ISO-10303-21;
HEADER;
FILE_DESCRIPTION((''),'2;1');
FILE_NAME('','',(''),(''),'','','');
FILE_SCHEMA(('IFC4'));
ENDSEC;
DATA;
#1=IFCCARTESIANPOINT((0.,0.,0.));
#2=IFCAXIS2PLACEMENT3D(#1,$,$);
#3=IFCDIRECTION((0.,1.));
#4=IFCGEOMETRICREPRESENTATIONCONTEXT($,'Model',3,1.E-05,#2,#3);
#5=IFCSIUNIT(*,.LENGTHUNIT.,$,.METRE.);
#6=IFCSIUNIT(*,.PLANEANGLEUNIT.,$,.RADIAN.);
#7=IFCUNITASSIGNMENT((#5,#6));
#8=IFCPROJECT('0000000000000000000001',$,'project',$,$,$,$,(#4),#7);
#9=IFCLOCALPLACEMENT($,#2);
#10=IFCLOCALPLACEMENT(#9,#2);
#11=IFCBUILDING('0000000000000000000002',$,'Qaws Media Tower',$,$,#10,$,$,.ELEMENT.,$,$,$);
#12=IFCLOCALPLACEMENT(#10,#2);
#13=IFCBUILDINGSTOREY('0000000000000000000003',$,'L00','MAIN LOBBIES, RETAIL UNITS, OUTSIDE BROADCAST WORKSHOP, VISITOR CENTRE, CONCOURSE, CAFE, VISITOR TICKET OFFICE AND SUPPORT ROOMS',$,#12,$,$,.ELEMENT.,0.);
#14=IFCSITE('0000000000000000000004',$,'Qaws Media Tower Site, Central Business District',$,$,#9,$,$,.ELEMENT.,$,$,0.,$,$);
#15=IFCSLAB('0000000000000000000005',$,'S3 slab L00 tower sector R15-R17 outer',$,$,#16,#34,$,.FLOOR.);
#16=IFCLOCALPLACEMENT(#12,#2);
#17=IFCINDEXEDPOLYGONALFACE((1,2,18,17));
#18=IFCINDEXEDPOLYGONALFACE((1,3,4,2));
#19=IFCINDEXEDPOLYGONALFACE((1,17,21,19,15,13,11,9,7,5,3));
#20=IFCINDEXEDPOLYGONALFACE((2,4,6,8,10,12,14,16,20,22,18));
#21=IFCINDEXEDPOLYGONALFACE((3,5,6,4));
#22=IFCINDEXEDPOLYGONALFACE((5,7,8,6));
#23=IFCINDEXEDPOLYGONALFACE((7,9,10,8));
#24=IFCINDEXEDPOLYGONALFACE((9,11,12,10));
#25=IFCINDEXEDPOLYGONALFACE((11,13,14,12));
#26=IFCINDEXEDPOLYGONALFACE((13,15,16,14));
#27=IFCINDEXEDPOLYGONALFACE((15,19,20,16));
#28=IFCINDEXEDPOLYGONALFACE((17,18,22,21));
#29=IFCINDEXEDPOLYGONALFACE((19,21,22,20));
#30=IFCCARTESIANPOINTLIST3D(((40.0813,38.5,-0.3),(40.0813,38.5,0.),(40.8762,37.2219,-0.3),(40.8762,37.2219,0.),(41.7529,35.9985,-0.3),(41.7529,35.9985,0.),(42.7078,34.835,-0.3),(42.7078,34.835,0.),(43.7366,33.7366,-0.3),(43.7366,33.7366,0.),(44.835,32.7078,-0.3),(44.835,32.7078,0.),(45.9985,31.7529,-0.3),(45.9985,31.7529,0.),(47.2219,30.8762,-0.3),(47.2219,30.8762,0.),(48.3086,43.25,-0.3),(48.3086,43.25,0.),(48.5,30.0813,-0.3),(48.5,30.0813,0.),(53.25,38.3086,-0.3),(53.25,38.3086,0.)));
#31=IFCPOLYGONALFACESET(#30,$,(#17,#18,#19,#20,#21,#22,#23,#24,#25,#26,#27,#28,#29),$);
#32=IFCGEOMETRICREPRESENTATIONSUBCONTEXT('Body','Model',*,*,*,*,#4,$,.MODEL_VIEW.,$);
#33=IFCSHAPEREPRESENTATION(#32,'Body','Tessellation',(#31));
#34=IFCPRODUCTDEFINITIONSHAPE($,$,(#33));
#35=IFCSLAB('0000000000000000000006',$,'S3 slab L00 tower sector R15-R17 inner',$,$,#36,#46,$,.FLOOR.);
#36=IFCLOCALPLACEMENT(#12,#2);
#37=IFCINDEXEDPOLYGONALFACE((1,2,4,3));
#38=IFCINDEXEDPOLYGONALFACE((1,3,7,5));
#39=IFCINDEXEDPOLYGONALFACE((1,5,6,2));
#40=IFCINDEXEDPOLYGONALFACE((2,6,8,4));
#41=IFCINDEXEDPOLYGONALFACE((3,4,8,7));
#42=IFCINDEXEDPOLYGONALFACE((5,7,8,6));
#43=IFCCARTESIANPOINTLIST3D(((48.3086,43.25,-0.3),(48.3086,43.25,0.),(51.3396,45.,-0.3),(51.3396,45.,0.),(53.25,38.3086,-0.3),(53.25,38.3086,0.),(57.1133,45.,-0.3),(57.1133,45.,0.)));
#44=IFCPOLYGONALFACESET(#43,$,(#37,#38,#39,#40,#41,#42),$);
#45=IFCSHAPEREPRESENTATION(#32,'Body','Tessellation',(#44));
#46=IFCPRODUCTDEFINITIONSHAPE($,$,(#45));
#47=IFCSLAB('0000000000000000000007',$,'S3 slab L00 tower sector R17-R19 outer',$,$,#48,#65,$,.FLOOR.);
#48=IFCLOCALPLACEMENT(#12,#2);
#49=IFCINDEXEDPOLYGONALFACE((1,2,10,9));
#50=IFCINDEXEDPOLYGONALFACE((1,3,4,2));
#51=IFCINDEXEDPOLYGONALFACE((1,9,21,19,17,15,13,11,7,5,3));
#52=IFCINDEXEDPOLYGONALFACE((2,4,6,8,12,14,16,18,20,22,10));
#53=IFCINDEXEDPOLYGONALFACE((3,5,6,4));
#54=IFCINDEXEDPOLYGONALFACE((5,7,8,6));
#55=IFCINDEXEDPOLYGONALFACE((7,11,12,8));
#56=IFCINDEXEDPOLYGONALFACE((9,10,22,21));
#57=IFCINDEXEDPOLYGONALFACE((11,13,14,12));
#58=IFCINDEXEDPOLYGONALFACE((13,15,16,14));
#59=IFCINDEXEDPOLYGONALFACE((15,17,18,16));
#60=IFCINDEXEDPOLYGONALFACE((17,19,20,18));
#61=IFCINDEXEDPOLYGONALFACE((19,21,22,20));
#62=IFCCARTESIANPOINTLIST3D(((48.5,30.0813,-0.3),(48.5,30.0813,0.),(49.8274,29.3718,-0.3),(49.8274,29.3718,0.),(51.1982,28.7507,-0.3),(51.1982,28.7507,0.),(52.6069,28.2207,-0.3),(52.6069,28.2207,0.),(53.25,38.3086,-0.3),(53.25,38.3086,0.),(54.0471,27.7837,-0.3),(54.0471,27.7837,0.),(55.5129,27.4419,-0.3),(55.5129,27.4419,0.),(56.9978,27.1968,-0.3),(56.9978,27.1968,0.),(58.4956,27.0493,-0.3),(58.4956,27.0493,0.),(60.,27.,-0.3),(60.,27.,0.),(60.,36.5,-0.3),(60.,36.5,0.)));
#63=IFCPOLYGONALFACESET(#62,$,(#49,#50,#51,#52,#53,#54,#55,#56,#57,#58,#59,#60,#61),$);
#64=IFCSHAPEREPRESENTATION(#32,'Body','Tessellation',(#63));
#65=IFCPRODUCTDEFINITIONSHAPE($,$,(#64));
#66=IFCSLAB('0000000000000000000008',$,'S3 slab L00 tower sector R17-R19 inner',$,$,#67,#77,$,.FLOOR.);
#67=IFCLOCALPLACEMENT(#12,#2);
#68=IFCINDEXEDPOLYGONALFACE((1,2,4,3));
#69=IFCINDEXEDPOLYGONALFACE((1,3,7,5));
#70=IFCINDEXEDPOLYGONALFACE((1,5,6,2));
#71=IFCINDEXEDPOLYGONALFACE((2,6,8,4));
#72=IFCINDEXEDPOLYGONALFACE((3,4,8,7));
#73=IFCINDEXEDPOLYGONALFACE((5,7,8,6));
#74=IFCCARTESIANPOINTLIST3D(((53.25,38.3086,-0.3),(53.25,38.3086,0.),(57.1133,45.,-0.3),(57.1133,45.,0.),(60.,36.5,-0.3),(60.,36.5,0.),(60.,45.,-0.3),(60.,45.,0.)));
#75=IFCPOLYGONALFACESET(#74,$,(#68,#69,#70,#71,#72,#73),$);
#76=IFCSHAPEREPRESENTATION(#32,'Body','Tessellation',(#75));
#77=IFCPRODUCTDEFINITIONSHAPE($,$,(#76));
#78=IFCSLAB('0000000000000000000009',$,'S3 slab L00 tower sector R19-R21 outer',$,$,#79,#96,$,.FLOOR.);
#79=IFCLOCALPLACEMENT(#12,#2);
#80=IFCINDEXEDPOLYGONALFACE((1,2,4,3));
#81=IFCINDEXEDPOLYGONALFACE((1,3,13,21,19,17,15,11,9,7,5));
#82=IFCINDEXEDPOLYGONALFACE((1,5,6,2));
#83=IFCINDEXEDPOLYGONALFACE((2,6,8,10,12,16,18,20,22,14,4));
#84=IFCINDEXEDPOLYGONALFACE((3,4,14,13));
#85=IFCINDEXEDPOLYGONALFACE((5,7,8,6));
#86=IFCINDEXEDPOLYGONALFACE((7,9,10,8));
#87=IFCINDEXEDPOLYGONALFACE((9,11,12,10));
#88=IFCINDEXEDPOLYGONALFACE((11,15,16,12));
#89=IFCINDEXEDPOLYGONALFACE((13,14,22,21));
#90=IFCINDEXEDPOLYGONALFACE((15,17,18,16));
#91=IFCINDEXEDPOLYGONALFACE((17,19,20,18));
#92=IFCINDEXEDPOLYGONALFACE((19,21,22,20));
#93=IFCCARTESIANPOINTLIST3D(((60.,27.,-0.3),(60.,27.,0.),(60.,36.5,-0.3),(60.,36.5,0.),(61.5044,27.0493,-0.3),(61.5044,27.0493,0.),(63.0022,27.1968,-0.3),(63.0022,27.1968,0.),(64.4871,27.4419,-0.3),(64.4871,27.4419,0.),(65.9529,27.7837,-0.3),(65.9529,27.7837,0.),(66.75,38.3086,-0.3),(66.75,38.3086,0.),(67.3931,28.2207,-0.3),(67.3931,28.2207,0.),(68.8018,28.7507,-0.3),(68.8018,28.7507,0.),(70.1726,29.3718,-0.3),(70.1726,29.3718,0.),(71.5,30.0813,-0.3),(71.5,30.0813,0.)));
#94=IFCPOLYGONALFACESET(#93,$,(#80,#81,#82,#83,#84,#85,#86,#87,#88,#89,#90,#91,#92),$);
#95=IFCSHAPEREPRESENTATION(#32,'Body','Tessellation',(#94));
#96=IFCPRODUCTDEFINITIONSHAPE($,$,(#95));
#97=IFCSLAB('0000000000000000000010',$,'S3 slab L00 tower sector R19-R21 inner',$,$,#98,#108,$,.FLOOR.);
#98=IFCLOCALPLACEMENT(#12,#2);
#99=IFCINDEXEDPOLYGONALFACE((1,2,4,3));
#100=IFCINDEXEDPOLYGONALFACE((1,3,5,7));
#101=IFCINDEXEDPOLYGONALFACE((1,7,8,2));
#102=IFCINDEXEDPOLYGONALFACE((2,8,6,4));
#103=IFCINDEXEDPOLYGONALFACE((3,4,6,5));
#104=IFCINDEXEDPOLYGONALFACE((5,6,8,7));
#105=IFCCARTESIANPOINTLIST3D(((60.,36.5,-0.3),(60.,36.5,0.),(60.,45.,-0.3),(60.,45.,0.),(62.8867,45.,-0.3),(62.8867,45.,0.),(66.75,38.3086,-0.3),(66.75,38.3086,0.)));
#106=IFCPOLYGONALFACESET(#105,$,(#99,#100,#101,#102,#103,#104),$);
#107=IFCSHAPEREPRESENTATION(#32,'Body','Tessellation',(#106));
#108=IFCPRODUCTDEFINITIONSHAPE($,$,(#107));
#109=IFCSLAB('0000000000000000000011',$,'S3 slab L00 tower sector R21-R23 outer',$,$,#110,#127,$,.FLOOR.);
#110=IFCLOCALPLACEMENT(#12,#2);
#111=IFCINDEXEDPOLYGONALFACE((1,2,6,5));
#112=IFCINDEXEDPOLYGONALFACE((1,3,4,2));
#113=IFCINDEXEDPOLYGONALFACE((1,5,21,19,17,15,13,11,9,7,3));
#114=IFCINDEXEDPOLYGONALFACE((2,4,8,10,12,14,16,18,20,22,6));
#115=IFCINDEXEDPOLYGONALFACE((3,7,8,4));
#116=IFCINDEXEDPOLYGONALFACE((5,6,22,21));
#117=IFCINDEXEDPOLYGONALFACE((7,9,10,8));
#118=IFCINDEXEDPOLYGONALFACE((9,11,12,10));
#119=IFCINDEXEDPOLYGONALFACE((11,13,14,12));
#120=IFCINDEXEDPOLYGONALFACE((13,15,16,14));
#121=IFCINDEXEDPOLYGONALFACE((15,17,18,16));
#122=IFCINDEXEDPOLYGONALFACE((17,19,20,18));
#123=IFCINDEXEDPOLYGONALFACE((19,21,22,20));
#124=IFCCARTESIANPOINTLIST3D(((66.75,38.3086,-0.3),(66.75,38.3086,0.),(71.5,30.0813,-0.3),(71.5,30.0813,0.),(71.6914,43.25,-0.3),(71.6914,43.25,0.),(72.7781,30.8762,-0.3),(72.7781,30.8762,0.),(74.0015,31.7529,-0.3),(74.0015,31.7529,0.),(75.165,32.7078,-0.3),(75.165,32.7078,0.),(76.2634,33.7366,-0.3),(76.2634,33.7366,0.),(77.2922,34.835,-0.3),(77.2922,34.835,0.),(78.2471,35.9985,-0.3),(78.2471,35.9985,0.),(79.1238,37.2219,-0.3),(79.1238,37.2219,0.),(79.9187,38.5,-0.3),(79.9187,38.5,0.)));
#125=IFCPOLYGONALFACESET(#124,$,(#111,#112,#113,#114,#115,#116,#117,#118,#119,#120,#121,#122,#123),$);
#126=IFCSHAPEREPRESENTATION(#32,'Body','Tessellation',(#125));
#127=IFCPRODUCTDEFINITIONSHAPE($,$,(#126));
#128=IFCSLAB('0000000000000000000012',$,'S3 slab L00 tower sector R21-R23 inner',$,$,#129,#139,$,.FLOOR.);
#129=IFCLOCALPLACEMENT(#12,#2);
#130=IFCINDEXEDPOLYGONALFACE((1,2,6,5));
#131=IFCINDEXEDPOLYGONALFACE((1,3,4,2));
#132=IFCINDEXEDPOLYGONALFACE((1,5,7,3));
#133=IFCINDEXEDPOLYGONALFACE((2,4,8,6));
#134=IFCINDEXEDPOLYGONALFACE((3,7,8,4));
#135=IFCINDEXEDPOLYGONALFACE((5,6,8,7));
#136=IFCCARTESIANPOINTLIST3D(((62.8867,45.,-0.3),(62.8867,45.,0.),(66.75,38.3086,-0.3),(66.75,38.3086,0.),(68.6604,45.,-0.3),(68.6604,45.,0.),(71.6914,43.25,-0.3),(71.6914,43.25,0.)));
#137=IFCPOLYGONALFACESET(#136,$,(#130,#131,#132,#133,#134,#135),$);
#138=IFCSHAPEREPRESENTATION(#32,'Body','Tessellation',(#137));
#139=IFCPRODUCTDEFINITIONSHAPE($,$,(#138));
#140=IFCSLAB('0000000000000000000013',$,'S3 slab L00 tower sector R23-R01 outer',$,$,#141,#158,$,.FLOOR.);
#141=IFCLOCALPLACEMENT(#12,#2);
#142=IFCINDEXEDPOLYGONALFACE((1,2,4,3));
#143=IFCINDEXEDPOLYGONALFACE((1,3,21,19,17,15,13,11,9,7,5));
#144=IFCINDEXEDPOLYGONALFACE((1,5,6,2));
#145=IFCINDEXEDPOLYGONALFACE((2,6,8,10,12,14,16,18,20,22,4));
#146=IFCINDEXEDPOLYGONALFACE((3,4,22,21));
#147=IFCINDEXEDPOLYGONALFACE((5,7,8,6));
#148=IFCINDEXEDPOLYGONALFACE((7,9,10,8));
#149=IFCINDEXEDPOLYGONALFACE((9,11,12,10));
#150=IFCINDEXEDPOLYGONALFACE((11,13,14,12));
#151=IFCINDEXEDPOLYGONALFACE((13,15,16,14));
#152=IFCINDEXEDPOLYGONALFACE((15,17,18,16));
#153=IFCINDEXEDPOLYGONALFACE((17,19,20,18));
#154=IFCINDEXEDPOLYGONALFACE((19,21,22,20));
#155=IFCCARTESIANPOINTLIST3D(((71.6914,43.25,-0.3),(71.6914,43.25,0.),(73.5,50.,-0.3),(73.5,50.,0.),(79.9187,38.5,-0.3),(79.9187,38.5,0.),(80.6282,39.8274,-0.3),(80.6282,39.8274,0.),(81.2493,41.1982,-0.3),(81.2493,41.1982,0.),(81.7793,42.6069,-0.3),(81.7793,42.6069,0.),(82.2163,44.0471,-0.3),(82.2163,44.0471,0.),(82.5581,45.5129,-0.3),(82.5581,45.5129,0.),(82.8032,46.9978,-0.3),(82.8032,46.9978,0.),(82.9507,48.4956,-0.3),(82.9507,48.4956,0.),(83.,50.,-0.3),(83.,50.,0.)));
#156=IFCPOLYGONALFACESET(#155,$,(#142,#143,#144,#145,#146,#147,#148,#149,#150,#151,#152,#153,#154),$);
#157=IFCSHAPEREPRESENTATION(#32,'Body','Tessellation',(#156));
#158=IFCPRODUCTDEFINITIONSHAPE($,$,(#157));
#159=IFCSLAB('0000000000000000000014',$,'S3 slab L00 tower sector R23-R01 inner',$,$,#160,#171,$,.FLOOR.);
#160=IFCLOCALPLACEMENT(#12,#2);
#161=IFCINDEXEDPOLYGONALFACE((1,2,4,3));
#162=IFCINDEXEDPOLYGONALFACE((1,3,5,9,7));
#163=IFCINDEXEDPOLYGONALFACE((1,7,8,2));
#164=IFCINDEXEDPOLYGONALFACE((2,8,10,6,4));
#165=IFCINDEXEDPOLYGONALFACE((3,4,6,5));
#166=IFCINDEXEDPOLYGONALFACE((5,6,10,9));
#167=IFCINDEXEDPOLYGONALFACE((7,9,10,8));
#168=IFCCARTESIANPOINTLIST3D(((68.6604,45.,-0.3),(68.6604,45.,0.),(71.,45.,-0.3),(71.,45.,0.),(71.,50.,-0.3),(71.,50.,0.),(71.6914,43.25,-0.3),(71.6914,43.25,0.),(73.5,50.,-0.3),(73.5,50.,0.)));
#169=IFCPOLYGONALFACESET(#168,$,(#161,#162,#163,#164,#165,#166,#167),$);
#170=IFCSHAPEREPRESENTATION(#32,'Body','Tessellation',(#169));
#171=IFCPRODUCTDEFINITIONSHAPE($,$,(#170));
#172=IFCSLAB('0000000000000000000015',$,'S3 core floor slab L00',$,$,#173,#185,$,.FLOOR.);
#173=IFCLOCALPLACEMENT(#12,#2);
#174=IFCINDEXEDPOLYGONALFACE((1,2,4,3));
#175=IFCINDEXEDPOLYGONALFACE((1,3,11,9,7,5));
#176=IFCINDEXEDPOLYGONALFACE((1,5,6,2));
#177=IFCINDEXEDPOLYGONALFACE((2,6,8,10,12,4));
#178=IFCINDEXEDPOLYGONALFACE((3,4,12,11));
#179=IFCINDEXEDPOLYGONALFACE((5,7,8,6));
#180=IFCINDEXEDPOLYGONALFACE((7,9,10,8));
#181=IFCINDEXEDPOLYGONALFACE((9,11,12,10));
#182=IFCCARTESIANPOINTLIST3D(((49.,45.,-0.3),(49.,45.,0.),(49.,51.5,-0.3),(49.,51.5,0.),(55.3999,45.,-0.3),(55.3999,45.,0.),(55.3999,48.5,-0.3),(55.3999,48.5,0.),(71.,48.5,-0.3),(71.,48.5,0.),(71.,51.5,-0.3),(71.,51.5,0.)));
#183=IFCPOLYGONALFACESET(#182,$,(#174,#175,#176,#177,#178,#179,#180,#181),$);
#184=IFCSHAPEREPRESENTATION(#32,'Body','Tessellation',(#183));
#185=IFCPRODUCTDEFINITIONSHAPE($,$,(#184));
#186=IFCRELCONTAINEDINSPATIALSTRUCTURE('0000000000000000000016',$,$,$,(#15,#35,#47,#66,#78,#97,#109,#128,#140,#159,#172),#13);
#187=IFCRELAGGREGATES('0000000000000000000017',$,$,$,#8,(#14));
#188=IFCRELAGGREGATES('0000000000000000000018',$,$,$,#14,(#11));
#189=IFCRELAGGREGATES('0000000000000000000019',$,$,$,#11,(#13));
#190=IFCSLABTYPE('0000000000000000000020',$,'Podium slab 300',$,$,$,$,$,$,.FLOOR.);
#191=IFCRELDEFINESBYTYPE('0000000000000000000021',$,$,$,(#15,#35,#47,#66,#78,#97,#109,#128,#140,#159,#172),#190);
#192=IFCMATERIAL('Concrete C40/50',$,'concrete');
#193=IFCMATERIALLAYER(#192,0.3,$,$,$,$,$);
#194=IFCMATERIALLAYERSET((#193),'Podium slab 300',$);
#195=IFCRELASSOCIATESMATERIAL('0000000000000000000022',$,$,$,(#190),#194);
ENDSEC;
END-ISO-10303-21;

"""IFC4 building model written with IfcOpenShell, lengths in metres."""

from ifc_helpers import new_model, si_unit, direction, frame, origin, place, context, subcontext, project, spatial, polyline, outline, extrude, material, layer, layer_set, type_object, element, save


model = new_model("IFC4")

# Units and contexts
model_context = context("Model", 3, precision=1e-05, world=origin(), true_north=direction((0.0, 1.0)))
body_context = subcontext(model_context, "Body", "Model", "MODEL_VIEW")
ifc_project = project(units=[si_unit("LENGTHUNIT", "METRE"), si_unit("PLANEANGLEUNIT", "RADIAN")], contexts=[model_context])

# Site, building, storey
site_placement = place(None, origin())
site = spatial("IfcSite", under=ifc_project, at=site_placement, Name="Qaws Media Tower Site, Central Business District", CompositionType="ELEMENT", RefElevation=0.0)
building_placement = place(site_placement, origin())
building = spatial("IfcBuilding", under=site, at=building_placement, Name="Qaws Media Tower", CompositionType="ELEMENT")
storey_placement = place(building_placement, origin())
storey = spatial("IfcBuildingStorey", under=building, at=storey_placement, Name="L00", Description="MAIN LOBBIES, RETAIL UNITS, OUTSIDE BROADCAST WORKSHOP, VISITOR CENTRE, CONCOURSE, CAFE, VISITOR TICKET OFFICE AND SUPPORT ROOMS", CompositionType="ELEMENT", Elevation=0.0)

# Slabs
ifc_material_1 = material(Name="Concrete C40/50", Category="concrete")
ifc_layer_1 = layer(ifc_material_1, 0.3)
ifc_layer_set_1 = layer_set([ifc_layer_1], Name="Podium slab 300")
slab_type = type_object("IfcSlabType", Name="Podium slab 300", PredefinedType="FLOOR", material=ifc_layer_set_1)
slab_1_placement = place(storey_placement, frame((0.0, 0.0, -0.3)))
element("IfcSlab", 1, at=slab_1_placement, inside=storey, type_object=slab_type, Name="S3 slab L00 tower sector R15-R17 outer", PredefinedType="FLOOR", context=body_context, shape_type="SweptSolid", body=[
    extrude(outline(polyline([(41.7529, 35.9985), (40.8762, 37.2219), (40.0813, 38.5), (48.3086, 43.25), (53.25, 38.3086), (48.5, 30.0813), (47.2219, 30.8762), (45.9985, 31.7529), (44.835, 32.7078), (43.7366, 33.7366), (42.7078, 34.835), (41.7529, 35.9985)])), origin(), (0.0, 0.0, 1.0), 0.3),
])
slab_2_placement = place(storey_placement, frame((0.0, 0.0, -0.3)))
element("IfcSlab", 2, at=slab_2_placement, inside=storey, type_object=slab_type, Name="S3 slab L00 tower sector R15-R17 inner", PredefinedType="FLOOR", context=body_context, shape_type="SweptSolid", body=[
    extrude(outline(polyline([(51.3396, 45.0), (57.1133, 45.0), (53.25, 38.3086), (48.3086, 43.25), (51.3396, 45.0)])), origin(), (0.0, 0.0, 1.0), 0.3),
])
slab_3_placement = place(storey_placement, frame((0.0, 0.0, -0.3)))
element("IfcSlab", 3, at=slab_3_placement, inside=storey, type_object=slab_type, Name="S3 slab L00 tower sector R17-R19 outer", PredefinedType="FLOOR", context=body_context, shape_type="SweptSolid", body=[
    extrude(outline(polyline([(51.1982, 28.7507), (49.8274, 29.3718), (48.5, 30.0813), (53.25, 38.3086), (60.0, 36.5), (60.0, 27.0), (58.4956, 27.0493), (56.9978, 27.1968), (55.5129, 27.4419), (54.0471, 27.7837), (52.6069, 28.2207), (51.1982, 28.7507)])), origin(), (0.0, 0.0, 1.0), 0.3),
])
slab_4_placement = place(storey_placement, frame((0.0, 0.0, -0.3)))
element("IfcSlab", 4, at=slab_4_placement, inside=storey, type_object=slab_type, Name="S3 slab L00 tower sector R17-R19 inner", PredefinedType="FLOOR", context=body_context, shape_type="SweptSolid", body=[
    extrude(outline(polyline([(57.1133, 45.0), (60.0, 45.0), (60.0, 36.5), (53.25, 38.3086), (57.1133, 45.0)])), origin(), (0.0, 0.0, 1.0), 0.3),
])
slab_5_placement = place(storey_placement, frame((0.0, 0.0, -0.3)))
element("IfcSlab", 5, at=slab_5_placement, inside=storey, type_object=slab_type, Name="S3 slab L00 tower sector R19-R21 outer", PredefinedType="FLOOR", context=body_context, shape_type="SweptSolid", body=[
    extrude(outline(polyline([(63.0022, 27.1968), (61.5044, 27.0493), (60.0, 27.0), (60.0, 36.5), (66.75, 38.3086), (71.5, 30.0813), (70.1726, 29.3718), (68.8018, 28.7507), (67.3931, 28.2207), (65.9529, 27.7837), (64.4871, 27.4419), (63.0022, 27.1968)])), origin(), (0.0, 0.0, 1.0), 0.3),
])
slab_6_placement = place(storey_placement, frame((0.0, 0.0, -0.3)))
element("IfcSlab", 6, at=slab_6_placement, inside=storey, type_object=slab_type, Name="S3 slab L00 tower sector R19-R21 inner", PredefinedType="FLOOR", context=body_context, shape_type="SweptSolid", body=[
    extrude(outline(polyline([(60.0, 45.0), (62.8867, 45.0), (66.75, 38.3086), (60.0, 36.5), (60.0, 45.0)])), origin(), (0.0, 0.0, 1.0), 0.3),
])
slab_7_placement = place(storey_placement, frame((0.0, 0.0, -0.3)))
element("IfcSlab", 7, at=slab_7_placement, inside=storey, type_object=slab_type, Name="S3 slab L00 tower sector R21-R23 outer", PredefinedType="FLOOR", context=body_context, shape_type="SweptSolid", body=[
    extrude(outline(polyline([(74.0015, 31.7529), (72.7781, 30.8762), (71.5, 30.0813), (66.75, 38.3086), (71.6914, 43.25), (79.9187, 38.5), (79.1238, 37.2219), (78.2471, 35.9985), (77.2922, 34.835), (76.2634, 33.7366), (75.165, 32.7078), (74.0015, 31.7529)])), origin(), (0.0, 0.0, 1.0), 0.3),
])
slab_8_placement = place(storey_placement, frame((0.0, 0.0, -0.3)))
element("IfcSlab", 8, at=slab_8_placement, inside=storey, type_object=slab_type, Name="S3 slab L00 tower sector R21-R23 inner", PredefinedType="FLOOR", context=body_context, shape_type="SweptSolid", body=[
    extrude(outline(polyline([(62.8867, 45.0), (68.6604, 45.0), (71.6914, 43.25), (66.75, 38.3086), (62.8867, 45.0)])), origin(), (0.0, 0.0, 1.0), 0.3),
])
slab_9_placement = place(storey_placement, frame((0.0, 0.0, -0.3)))
element("IfcSlab", 9, at=slab_9_placement, inside=storey, type_object=slab_type, Name="S3 slab L00 tower sector R23-R01 outer", PredefinedType="FLOOR", context=body_context, shape_type="SweptSolid", body=[
    extrude(outline(polyline([(81.2493, 41.1982), (80.6282, 39.8274), (79.9187, 38.5), (71.6914, 43.25), (73.5, 50.0), (83.0, 50.0), (82.9507, 48.4956), (82.8032, 46.9978), (82.5581, 45.5129), (82.2163, 44.0471), (81.7793, 42.6069), (81.2493, 41.1982)])), origin(), (0.0, 0.0, 1.0), 0.3),
])
slab_10_placement = place(storey_placement, frame((0.0, 0.0, -0.3)))
element("IfcSlab", 10, at=slab_10_placement, inside=storey, type_object=slab_type, Name="S3 slab L00 tower sector R23-R01 inner", PredefinedType="FLOOR", context=body_context, shape_type="SweptSolid", body=[
    extrude(outline(polyline([(68.6604, 45.0), (71.0, 45.0), (71.0, 50.0), (73.5, 50.0), (71.6914, 43.25), (68.6604, 45.0)])), origin(), (0.0, 0.0, 1.0), 0.3),
])
slab_11_placement = place(storey_placement, frame((0.0, 0.0, -0.3)))
element("IfcSlab", 11, at=slab_11_placement, inside=storey, type_object=slab_type, Name="S3 core floor slab L00", PredefinedType="FLOOR", context=body_context, shape_type="SweptSolid", body=[
    extrude(outline(polyline([(55.3999, 48.5), (55.3999, 45.0), (49.0, 45.0), (49.0, 51.5), (71.0, 51.5), (71.0, 48.5), (55.3999, 48.5)])), origin(), (0.0, 0.0, 1.0), 0.3),
])

save(model, "model.ifc")
